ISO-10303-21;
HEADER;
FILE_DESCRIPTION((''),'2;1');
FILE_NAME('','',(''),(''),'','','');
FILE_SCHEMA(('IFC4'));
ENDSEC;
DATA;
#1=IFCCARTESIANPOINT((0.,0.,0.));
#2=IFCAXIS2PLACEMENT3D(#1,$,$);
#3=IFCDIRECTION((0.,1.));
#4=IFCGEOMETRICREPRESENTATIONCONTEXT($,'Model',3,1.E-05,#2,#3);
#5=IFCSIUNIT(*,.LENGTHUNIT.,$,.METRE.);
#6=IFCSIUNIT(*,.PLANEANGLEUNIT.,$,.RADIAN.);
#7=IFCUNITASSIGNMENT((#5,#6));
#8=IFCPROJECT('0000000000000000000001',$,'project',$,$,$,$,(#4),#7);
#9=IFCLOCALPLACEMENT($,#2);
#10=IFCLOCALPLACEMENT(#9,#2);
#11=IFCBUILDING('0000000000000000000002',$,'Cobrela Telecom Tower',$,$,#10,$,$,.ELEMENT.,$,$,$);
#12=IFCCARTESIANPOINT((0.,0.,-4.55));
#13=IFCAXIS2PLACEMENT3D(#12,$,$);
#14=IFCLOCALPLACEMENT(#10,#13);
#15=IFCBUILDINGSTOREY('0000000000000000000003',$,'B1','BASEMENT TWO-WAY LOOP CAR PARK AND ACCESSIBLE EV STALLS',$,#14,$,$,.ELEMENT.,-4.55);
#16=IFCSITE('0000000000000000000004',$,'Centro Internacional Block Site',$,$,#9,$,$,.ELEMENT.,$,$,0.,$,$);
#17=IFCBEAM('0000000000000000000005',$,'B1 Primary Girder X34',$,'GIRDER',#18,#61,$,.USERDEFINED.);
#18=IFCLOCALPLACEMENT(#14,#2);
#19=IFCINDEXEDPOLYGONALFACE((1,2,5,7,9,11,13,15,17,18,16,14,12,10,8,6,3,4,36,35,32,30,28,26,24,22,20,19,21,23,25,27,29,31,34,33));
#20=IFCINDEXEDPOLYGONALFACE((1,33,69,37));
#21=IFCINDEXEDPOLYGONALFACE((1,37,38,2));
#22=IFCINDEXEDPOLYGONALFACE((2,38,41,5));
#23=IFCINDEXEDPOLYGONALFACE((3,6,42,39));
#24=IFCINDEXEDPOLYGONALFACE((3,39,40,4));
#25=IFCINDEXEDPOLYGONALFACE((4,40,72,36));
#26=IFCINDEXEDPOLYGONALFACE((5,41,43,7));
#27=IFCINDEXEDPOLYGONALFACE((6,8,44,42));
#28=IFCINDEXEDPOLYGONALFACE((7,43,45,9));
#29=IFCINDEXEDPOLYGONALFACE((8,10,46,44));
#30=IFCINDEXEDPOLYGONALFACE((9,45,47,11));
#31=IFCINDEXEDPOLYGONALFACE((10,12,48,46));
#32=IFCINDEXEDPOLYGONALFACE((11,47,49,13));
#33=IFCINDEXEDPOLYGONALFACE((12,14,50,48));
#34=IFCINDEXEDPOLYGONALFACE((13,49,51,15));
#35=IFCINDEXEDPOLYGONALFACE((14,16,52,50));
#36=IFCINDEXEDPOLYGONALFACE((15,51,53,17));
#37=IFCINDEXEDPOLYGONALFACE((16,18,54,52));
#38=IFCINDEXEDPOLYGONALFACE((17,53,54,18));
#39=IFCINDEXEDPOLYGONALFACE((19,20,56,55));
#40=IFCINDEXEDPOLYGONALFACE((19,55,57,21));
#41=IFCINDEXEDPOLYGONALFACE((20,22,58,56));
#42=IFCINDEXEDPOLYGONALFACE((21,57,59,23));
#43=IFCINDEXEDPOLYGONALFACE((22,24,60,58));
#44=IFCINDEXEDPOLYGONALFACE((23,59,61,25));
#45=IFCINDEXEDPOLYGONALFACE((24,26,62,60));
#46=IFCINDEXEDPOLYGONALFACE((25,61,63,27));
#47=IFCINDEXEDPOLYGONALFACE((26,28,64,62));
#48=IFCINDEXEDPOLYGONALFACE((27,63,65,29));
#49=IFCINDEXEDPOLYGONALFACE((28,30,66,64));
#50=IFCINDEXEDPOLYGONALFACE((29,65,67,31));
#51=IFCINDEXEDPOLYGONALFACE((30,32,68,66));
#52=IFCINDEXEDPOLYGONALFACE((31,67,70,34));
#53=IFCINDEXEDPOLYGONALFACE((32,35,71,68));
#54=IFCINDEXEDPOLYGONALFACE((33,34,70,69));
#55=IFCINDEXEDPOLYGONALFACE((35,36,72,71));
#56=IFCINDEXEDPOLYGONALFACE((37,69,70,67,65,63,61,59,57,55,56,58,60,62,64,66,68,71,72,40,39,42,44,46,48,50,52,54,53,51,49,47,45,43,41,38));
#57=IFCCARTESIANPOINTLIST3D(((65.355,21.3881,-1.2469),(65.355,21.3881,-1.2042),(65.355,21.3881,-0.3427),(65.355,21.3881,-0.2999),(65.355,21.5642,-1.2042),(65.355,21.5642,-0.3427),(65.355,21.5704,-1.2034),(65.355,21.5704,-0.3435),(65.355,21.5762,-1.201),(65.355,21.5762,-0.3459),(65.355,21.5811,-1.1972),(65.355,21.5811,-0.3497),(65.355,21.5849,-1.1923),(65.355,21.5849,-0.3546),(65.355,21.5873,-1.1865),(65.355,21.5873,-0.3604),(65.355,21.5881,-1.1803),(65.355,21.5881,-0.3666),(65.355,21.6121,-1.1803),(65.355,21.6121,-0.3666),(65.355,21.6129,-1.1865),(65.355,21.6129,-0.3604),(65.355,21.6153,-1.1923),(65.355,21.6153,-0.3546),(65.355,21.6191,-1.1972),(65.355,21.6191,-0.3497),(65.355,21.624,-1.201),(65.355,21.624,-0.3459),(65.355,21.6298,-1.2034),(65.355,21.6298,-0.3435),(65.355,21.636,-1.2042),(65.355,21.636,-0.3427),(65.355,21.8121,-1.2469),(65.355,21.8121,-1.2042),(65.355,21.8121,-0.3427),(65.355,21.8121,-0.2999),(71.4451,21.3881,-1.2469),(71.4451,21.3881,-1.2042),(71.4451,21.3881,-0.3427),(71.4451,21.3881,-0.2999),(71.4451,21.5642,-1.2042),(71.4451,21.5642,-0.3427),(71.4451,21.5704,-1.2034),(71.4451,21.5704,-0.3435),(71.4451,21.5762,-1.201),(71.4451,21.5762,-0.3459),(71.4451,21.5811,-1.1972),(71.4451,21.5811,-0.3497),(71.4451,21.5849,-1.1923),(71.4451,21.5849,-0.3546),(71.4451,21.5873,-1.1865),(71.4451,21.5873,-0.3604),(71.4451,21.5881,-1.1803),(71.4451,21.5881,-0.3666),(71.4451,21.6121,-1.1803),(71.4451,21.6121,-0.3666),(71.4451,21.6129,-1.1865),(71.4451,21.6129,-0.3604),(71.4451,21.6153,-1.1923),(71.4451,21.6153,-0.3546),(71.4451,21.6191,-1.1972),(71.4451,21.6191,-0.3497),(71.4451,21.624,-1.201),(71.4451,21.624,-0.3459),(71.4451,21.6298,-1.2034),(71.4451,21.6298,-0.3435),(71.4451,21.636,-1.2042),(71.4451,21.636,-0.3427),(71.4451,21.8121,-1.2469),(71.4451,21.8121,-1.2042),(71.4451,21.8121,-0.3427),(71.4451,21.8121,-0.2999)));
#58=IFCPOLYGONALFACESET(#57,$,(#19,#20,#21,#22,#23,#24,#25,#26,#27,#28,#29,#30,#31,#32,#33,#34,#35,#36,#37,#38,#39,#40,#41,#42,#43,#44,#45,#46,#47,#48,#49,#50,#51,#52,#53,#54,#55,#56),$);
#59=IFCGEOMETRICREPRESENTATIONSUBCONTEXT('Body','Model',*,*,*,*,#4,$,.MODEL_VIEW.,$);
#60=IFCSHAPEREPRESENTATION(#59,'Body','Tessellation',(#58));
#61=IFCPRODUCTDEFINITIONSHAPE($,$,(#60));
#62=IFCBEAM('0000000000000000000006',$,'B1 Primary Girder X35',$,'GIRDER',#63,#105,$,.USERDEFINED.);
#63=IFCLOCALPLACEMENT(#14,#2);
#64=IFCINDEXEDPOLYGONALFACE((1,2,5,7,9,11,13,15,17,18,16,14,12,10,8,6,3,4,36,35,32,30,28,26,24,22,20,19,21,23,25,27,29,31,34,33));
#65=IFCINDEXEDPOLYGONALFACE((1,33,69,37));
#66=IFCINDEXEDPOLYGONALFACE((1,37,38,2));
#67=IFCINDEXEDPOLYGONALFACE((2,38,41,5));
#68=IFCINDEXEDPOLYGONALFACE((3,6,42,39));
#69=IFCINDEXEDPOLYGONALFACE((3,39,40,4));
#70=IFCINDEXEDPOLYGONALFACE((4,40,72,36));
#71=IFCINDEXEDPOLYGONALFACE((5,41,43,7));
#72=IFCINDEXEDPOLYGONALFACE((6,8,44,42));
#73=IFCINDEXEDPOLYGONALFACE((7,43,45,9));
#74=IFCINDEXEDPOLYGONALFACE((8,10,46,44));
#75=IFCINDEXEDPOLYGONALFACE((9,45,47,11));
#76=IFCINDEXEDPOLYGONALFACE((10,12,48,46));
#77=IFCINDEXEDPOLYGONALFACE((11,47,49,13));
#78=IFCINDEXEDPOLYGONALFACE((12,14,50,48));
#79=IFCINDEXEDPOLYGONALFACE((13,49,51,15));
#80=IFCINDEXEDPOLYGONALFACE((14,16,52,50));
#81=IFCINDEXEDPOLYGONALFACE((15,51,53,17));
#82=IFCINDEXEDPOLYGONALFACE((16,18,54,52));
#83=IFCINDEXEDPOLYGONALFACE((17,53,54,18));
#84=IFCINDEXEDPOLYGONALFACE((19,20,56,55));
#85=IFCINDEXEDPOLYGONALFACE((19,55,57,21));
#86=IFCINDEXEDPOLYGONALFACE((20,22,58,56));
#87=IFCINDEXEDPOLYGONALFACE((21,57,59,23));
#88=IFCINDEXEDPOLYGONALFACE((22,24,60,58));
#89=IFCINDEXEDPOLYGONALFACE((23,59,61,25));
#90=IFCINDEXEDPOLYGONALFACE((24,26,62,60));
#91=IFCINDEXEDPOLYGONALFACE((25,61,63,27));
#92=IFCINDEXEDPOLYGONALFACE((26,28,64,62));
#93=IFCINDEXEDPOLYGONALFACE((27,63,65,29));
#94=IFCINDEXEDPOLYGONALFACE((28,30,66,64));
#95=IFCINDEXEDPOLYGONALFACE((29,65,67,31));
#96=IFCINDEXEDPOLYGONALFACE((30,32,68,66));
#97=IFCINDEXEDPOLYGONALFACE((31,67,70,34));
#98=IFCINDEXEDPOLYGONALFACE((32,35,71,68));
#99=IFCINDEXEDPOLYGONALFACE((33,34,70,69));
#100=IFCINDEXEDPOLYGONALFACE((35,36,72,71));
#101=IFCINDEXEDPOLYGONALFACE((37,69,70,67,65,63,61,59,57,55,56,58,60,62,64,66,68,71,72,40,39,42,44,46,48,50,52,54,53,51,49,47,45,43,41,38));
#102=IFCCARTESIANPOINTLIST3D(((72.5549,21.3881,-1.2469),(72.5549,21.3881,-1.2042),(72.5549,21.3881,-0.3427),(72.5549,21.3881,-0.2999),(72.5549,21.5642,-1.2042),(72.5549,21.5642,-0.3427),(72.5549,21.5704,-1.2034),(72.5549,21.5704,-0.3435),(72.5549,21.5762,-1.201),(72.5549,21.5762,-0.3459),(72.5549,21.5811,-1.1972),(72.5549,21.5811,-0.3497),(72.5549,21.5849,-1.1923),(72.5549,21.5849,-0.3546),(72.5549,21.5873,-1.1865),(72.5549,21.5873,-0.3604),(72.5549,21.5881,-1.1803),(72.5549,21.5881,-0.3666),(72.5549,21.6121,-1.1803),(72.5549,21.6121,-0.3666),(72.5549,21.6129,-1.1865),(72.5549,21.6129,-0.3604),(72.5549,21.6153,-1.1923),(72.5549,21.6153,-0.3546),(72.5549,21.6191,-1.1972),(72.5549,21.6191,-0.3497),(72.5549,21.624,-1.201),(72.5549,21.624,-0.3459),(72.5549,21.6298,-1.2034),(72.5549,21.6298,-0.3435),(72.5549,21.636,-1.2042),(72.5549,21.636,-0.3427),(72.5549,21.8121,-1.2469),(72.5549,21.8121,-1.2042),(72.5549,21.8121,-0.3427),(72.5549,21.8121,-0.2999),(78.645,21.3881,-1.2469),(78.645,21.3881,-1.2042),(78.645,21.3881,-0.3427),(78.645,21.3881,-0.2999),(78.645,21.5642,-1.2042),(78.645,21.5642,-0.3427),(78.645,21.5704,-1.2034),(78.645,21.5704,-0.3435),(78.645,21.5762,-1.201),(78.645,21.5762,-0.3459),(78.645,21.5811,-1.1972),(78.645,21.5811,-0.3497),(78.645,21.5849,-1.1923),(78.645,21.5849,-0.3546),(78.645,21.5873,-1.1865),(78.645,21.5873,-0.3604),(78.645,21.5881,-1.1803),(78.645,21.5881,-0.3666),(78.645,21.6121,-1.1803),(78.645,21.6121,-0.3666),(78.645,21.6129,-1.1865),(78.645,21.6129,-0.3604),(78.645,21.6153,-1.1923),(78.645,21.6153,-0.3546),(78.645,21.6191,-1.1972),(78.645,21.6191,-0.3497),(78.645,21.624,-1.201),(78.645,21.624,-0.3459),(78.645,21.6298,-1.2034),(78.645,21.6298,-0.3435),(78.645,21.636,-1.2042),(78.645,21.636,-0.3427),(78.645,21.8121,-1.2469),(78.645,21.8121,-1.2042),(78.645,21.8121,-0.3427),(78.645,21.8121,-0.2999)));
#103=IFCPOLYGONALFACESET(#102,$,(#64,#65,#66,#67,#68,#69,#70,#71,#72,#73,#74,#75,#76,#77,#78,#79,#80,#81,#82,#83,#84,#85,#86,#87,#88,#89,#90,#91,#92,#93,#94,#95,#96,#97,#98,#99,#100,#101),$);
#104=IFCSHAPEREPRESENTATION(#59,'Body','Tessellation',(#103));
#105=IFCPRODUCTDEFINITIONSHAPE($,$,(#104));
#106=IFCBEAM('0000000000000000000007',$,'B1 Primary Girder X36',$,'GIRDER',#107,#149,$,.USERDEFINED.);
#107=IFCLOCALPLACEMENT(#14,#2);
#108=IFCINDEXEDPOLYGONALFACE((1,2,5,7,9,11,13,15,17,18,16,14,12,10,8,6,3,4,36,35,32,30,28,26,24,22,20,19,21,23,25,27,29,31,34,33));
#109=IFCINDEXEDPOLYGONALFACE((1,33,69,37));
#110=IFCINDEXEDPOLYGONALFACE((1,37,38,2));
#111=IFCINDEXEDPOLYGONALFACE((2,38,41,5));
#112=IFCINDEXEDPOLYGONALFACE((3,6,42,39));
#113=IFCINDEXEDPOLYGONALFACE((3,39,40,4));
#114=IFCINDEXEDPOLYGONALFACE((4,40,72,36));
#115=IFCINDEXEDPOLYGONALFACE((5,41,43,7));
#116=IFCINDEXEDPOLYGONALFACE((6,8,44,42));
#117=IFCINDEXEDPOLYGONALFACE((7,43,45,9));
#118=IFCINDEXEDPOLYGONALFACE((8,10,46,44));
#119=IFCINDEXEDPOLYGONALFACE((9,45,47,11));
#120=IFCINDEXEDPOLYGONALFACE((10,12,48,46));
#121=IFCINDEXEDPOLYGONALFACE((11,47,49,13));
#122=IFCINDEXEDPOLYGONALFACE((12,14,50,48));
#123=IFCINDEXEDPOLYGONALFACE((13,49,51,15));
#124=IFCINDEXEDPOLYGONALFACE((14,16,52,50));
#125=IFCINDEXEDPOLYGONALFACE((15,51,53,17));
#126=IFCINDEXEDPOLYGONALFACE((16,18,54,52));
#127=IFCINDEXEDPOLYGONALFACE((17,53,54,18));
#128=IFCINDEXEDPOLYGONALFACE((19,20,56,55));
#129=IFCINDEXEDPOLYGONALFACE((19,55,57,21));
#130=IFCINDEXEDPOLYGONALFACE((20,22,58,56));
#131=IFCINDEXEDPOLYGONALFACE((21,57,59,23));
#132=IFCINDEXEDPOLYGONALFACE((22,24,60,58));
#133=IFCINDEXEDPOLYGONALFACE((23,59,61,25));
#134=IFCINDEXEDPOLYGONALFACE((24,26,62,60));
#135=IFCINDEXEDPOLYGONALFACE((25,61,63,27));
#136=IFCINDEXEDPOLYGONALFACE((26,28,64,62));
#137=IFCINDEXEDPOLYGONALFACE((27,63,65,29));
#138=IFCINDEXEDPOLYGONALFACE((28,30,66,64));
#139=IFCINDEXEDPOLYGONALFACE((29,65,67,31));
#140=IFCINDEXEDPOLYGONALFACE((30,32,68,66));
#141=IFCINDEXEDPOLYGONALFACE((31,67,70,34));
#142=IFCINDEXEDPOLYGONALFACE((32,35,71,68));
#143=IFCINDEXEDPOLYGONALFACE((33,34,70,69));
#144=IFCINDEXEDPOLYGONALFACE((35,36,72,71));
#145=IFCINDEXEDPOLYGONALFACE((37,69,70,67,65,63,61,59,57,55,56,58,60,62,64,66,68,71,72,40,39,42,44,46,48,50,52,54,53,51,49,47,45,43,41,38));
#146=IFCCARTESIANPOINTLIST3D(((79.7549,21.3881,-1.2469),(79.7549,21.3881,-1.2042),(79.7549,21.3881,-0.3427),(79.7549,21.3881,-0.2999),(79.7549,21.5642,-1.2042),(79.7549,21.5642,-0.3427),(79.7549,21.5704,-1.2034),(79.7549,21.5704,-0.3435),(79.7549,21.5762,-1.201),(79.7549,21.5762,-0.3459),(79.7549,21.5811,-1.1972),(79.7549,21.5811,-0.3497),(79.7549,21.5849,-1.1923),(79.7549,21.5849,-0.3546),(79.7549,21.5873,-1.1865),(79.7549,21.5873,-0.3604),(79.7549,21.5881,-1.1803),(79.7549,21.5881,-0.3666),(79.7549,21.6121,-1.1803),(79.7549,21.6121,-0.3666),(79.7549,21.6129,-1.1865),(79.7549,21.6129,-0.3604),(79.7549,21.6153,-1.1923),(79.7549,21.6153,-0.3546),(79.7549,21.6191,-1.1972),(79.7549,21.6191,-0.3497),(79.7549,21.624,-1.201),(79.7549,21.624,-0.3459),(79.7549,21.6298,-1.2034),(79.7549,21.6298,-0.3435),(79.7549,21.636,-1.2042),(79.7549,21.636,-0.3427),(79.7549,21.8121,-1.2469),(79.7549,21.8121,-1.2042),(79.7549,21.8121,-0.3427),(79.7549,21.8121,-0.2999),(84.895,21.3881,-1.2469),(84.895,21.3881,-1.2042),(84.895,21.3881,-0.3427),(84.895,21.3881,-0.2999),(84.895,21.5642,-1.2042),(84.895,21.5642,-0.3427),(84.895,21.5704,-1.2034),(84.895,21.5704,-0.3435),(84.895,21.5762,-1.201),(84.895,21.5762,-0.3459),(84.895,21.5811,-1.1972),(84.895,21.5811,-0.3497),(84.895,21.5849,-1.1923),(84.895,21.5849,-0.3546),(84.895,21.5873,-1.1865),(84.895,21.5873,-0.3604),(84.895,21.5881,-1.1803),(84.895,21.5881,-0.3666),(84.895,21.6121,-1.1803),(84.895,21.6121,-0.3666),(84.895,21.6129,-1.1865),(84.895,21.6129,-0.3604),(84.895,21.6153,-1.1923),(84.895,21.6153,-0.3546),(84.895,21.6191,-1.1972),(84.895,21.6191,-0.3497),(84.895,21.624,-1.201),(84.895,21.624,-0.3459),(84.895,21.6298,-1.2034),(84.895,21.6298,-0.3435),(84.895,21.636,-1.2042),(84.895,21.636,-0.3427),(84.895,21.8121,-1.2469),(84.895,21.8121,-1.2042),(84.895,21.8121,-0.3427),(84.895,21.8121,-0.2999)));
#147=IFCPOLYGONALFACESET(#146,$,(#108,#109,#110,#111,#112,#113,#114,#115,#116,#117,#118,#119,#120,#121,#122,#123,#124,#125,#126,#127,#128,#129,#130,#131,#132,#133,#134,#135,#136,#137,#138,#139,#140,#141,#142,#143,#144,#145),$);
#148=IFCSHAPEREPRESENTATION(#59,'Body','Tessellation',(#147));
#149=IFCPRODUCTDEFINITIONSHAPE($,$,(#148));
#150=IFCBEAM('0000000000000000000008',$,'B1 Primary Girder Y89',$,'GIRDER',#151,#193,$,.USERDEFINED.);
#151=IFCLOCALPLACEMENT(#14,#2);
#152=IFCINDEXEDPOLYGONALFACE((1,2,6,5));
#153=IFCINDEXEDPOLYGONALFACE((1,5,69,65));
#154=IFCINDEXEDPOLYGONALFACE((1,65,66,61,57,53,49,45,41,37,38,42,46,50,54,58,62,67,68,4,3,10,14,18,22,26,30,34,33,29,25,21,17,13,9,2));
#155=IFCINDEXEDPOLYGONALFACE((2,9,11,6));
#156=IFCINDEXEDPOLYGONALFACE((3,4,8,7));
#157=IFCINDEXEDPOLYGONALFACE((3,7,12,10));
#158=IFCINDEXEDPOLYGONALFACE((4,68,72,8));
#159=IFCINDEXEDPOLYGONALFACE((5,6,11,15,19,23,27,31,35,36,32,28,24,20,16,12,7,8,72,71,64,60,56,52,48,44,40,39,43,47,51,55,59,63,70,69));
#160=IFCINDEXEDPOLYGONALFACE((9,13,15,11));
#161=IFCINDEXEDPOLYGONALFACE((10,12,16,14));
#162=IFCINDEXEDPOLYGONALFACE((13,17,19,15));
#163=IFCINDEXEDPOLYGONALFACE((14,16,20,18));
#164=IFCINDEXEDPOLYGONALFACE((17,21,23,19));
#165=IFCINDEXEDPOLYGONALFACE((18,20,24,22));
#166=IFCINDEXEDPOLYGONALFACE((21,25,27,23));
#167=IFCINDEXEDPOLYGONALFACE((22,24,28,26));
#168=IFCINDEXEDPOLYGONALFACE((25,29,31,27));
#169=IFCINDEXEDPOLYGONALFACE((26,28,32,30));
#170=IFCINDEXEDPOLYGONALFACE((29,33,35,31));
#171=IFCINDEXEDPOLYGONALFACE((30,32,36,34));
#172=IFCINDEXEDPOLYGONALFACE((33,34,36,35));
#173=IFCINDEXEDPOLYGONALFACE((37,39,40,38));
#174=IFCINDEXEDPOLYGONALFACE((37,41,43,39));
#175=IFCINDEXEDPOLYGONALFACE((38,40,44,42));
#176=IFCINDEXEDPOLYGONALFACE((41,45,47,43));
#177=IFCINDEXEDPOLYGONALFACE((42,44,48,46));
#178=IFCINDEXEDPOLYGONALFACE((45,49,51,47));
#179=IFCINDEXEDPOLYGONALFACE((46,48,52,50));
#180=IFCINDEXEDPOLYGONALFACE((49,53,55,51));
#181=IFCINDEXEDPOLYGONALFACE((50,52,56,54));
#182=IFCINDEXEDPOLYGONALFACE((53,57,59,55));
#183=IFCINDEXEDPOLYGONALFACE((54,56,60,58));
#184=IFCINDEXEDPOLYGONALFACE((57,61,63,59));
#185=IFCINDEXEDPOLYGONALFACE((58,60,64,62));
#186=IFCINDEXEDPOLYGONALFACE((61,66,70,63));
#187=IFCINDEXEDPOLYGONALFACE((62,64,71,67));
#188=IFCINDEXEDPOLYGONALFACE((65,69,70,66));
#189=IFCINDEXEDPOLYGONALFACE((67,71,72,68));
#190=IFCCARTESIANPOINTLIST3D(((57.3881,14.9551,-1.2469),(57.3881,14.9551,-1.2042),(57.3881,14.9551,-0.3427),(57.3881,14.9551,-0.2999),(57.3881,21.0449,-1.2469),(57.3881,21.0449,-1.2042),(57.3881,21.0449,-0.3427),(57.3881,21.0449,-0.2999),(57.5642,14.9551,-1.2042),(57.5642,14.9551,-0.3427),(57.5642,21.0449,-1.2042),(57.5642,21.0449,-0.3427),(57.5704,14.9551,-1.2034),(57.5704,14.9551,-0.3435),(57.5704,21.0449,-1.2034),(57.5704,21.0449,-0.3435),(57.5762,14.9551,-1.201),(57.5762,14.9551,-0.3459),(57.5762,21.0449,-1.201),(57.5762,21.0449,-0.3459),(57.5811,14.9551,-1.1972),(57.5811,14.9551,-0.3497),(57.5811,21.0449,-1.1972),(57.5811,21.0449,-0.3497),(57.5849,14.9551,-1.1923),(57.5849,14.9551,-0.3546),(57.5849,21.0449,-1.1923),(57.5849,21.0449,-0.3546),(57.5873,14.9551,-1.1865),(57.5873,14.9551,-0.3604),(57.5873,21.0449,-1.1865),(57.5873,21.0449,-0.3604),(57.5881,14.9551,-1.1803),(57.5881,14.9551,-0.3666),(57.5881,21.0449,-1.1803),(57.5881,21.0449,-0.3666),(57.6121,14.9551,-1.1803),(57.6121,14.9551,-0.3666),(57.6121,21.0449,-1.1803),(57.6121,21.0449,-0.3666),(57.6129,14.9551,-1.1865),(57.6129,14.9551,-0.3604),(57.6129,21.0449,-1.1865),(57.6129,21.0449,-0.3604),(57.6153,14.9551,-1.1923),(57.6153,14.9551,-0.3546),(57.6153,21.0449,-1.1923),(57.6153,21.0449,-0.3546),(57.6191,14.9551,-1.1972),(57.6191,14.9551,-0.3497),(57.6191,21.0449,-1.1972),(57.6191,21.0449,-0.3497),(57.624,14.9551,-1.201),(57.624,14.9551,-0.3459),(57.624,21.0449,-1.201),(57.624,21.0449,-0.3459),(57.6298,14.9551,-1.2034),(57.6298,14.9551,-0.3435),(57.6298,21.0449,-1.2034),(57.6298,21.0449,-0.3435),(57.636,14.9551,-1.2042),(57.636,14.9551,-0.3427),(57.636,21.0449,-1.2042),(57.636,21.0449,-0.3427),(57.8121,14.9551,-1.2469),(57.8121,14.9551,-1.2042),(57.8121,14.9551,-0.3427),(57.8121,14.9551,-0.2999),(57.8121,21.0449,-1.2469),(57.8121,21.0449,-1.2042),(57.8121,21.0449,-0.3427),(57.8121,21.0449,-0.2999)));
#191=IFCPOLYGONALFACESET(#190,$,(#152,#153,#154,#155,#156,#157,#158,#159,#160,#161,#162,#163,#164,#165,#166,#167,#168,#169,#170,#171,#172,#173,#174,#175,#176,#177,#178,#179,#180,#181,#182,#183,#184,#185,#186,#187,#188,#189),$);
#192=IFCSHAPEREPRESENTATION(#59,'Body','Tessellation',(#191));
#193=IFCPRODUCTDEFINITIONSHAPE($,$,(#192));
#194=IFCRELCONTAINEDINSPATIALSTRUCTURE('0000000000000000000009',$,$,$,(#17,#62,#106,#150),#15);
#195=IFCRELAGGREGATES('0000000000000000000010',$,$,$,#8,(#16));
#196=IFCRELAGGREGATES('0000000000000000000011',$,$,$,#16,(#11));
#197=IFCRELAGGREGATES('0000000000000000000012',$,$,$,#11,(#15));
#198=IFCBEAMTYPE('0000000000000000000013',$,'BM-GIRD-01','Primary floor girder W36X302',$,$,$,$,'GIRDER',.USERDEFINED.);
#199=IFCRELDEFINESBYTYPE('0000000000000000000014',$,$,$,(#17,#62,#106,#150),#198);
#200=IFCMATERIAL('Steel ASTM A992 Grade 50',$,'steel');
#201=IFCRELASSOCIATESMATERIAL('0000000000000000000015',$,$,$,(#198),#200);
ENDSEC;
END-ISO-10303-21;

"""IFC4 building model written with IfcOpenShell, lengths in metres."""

from ifc_helpers import new_model, si_unit, direction, frame, origin, origin_2d, place, context, subcontext, project, spatial, i_section, extrude, material, material_profile, profile_set, type_object, element, save


model = new_model("IFC4")

# Units and contexts
model_context = context("Model", 3, precision=1e-05, world=origin(), true_north=direction((0.0, 1.0)))
body_context = subcontext(model_context, "Body", "Model", "MODEL_VIEW")
ifc_project = project(units=[si_unit("LENGTHUNIT", "METRE"), si_unit("PLANEANGLEUNIT", "RADIAN")], contexts=[model_context])

# Site, building, storey
site_placement = place(None, origin())
site = spatial("IfcSite", under=ifc_project, at=site_placement, Name="Centro Internacional Block Site", CompositionType="ELEMENT", RefElevation=0.0)
building_placement = place(site_placement, origin())
building = spatial("IfcBuilding", under=site, at=building_placement, Name="Cobrela Telecom Tower", CompositionType="ELEMENT")
storey_placement = place(building_placement, frame((0.0, 0.0, -4.55)))
storey = spatial("IfcBuildingStorey", under=building, at=storey_placement, Name="B1", Description="BASEMENT TWO-WAY LOOP CAR PARK AND ACCESSIBLE EV STALLS", CompositionType="ELEMENT", Elevation=-4.55)

# Beams
ifc_material_1 = material(Name="Steel ASTM A992 Grade 50", Category="steel")
ifc_material_profile_1 = material_profile(ifc_material_1, i_section(OverallWidth=0.4241, OverallDepth=0.947, WebThickness=0.0239, FlangeThickness=0.0427, FilletRadius=0.0239, at=origin_2d()), Name="W36X302")
ifc_profile_set_1 = profile_set([ifc_material_profile_1], Name="Steel ASTM A992 Grade 50")
beam_type_1 = type_object("IfcBeamType", Name="BM-GIRD-01", Description="Primary floor girder W36X302", ElementType="GIRDER", PredefinedType="USERDEFINED", material=ifc_profile_set_1)
for number, where, z_axis, x_axis, name in (
    (1, (65.355, 21.6001, -0.7734), (1.0, 0.0, 0.0), (0.0, 1.0, 0.0), "B1 Primary Girder X34"),
    (2, (72.5549, 21.6001, -0.7734), (1.0, 0.0, 0.0), (0.0, 1.0, 0.0), "B1 Primary Girder X35"),
):
    element("IfcBeam", number, at=place(storey_placement, frame(where, z_axis=z_axis, x_axis=x_axis)), inside=storey, type_object=beam_type_1, Name=name, ObjectType="GIRDER", PredefinedType="USERDEFINED", context=body_context, shape_type="SweptSolid", body=[
        extrude(i_section(OverallWidth=0.4241, OverallDepth=0.947, WebThickness=0.0239, FlangeThickness=0.0427, FilletRadius=0.0239, at=origin_2d()), origin(), (0.0, 0.0, 1.0), 6.0901),
    ])
beam_1_placement = place(storey_placement, frame((79.7549, 21.6001, -0.7734), z_axis=(1.0, 0.0, 0.0), x_axis=(0.0, 1.0, 0.0)))
element("IfcBeam", 3, at=beam_1_placement, inside=storey, type_object=beam_type_1, Name="B1 Primary Girder X36", ObjectType="GIRDER", PredefinedType="USERDEFINED", context=body_context, shape_type="SweptSolid", body=[
    extrude(i_section(OverallWidth=0.4241, OverallDepth=0.947, WebThickness=0.0239, FlangeThickness=0.0427, FilletRadius=0.0239, at=origin_2d()), origin(), (0.0, 0.0, 1.0), 5.1401),
])
for number, where, z_axis, x_axis, name in (
    (4, (57.6001, 14.9551, -0.7734), (0.0, 1.0, 0.0), (-1.0, 0.0, 0.0), "B1 Primary Girder Y89"),
):
    element("IfcBeam", number, at=place(storey_placement, frame(where, z_axis=z_axis, x_axis=x_axis)), inside=storey, type_object=beam_type_1, Name=name, ObjectType="GIRDER", PredefinedType="USERDEFINED", context=body_context, shape_type="SweptSolid", body=[
        extrude(i_section(OverallWidth=0.4241, OverallDepth=0.947, WebThickness=0.0239, FlangeThickness=0.0427, FilletRadius=0.0239, at=origin_2d()), origin(), (0.0, 0.0, 1.0), 6.0898),
    ])

save(model, "model.ifc")
